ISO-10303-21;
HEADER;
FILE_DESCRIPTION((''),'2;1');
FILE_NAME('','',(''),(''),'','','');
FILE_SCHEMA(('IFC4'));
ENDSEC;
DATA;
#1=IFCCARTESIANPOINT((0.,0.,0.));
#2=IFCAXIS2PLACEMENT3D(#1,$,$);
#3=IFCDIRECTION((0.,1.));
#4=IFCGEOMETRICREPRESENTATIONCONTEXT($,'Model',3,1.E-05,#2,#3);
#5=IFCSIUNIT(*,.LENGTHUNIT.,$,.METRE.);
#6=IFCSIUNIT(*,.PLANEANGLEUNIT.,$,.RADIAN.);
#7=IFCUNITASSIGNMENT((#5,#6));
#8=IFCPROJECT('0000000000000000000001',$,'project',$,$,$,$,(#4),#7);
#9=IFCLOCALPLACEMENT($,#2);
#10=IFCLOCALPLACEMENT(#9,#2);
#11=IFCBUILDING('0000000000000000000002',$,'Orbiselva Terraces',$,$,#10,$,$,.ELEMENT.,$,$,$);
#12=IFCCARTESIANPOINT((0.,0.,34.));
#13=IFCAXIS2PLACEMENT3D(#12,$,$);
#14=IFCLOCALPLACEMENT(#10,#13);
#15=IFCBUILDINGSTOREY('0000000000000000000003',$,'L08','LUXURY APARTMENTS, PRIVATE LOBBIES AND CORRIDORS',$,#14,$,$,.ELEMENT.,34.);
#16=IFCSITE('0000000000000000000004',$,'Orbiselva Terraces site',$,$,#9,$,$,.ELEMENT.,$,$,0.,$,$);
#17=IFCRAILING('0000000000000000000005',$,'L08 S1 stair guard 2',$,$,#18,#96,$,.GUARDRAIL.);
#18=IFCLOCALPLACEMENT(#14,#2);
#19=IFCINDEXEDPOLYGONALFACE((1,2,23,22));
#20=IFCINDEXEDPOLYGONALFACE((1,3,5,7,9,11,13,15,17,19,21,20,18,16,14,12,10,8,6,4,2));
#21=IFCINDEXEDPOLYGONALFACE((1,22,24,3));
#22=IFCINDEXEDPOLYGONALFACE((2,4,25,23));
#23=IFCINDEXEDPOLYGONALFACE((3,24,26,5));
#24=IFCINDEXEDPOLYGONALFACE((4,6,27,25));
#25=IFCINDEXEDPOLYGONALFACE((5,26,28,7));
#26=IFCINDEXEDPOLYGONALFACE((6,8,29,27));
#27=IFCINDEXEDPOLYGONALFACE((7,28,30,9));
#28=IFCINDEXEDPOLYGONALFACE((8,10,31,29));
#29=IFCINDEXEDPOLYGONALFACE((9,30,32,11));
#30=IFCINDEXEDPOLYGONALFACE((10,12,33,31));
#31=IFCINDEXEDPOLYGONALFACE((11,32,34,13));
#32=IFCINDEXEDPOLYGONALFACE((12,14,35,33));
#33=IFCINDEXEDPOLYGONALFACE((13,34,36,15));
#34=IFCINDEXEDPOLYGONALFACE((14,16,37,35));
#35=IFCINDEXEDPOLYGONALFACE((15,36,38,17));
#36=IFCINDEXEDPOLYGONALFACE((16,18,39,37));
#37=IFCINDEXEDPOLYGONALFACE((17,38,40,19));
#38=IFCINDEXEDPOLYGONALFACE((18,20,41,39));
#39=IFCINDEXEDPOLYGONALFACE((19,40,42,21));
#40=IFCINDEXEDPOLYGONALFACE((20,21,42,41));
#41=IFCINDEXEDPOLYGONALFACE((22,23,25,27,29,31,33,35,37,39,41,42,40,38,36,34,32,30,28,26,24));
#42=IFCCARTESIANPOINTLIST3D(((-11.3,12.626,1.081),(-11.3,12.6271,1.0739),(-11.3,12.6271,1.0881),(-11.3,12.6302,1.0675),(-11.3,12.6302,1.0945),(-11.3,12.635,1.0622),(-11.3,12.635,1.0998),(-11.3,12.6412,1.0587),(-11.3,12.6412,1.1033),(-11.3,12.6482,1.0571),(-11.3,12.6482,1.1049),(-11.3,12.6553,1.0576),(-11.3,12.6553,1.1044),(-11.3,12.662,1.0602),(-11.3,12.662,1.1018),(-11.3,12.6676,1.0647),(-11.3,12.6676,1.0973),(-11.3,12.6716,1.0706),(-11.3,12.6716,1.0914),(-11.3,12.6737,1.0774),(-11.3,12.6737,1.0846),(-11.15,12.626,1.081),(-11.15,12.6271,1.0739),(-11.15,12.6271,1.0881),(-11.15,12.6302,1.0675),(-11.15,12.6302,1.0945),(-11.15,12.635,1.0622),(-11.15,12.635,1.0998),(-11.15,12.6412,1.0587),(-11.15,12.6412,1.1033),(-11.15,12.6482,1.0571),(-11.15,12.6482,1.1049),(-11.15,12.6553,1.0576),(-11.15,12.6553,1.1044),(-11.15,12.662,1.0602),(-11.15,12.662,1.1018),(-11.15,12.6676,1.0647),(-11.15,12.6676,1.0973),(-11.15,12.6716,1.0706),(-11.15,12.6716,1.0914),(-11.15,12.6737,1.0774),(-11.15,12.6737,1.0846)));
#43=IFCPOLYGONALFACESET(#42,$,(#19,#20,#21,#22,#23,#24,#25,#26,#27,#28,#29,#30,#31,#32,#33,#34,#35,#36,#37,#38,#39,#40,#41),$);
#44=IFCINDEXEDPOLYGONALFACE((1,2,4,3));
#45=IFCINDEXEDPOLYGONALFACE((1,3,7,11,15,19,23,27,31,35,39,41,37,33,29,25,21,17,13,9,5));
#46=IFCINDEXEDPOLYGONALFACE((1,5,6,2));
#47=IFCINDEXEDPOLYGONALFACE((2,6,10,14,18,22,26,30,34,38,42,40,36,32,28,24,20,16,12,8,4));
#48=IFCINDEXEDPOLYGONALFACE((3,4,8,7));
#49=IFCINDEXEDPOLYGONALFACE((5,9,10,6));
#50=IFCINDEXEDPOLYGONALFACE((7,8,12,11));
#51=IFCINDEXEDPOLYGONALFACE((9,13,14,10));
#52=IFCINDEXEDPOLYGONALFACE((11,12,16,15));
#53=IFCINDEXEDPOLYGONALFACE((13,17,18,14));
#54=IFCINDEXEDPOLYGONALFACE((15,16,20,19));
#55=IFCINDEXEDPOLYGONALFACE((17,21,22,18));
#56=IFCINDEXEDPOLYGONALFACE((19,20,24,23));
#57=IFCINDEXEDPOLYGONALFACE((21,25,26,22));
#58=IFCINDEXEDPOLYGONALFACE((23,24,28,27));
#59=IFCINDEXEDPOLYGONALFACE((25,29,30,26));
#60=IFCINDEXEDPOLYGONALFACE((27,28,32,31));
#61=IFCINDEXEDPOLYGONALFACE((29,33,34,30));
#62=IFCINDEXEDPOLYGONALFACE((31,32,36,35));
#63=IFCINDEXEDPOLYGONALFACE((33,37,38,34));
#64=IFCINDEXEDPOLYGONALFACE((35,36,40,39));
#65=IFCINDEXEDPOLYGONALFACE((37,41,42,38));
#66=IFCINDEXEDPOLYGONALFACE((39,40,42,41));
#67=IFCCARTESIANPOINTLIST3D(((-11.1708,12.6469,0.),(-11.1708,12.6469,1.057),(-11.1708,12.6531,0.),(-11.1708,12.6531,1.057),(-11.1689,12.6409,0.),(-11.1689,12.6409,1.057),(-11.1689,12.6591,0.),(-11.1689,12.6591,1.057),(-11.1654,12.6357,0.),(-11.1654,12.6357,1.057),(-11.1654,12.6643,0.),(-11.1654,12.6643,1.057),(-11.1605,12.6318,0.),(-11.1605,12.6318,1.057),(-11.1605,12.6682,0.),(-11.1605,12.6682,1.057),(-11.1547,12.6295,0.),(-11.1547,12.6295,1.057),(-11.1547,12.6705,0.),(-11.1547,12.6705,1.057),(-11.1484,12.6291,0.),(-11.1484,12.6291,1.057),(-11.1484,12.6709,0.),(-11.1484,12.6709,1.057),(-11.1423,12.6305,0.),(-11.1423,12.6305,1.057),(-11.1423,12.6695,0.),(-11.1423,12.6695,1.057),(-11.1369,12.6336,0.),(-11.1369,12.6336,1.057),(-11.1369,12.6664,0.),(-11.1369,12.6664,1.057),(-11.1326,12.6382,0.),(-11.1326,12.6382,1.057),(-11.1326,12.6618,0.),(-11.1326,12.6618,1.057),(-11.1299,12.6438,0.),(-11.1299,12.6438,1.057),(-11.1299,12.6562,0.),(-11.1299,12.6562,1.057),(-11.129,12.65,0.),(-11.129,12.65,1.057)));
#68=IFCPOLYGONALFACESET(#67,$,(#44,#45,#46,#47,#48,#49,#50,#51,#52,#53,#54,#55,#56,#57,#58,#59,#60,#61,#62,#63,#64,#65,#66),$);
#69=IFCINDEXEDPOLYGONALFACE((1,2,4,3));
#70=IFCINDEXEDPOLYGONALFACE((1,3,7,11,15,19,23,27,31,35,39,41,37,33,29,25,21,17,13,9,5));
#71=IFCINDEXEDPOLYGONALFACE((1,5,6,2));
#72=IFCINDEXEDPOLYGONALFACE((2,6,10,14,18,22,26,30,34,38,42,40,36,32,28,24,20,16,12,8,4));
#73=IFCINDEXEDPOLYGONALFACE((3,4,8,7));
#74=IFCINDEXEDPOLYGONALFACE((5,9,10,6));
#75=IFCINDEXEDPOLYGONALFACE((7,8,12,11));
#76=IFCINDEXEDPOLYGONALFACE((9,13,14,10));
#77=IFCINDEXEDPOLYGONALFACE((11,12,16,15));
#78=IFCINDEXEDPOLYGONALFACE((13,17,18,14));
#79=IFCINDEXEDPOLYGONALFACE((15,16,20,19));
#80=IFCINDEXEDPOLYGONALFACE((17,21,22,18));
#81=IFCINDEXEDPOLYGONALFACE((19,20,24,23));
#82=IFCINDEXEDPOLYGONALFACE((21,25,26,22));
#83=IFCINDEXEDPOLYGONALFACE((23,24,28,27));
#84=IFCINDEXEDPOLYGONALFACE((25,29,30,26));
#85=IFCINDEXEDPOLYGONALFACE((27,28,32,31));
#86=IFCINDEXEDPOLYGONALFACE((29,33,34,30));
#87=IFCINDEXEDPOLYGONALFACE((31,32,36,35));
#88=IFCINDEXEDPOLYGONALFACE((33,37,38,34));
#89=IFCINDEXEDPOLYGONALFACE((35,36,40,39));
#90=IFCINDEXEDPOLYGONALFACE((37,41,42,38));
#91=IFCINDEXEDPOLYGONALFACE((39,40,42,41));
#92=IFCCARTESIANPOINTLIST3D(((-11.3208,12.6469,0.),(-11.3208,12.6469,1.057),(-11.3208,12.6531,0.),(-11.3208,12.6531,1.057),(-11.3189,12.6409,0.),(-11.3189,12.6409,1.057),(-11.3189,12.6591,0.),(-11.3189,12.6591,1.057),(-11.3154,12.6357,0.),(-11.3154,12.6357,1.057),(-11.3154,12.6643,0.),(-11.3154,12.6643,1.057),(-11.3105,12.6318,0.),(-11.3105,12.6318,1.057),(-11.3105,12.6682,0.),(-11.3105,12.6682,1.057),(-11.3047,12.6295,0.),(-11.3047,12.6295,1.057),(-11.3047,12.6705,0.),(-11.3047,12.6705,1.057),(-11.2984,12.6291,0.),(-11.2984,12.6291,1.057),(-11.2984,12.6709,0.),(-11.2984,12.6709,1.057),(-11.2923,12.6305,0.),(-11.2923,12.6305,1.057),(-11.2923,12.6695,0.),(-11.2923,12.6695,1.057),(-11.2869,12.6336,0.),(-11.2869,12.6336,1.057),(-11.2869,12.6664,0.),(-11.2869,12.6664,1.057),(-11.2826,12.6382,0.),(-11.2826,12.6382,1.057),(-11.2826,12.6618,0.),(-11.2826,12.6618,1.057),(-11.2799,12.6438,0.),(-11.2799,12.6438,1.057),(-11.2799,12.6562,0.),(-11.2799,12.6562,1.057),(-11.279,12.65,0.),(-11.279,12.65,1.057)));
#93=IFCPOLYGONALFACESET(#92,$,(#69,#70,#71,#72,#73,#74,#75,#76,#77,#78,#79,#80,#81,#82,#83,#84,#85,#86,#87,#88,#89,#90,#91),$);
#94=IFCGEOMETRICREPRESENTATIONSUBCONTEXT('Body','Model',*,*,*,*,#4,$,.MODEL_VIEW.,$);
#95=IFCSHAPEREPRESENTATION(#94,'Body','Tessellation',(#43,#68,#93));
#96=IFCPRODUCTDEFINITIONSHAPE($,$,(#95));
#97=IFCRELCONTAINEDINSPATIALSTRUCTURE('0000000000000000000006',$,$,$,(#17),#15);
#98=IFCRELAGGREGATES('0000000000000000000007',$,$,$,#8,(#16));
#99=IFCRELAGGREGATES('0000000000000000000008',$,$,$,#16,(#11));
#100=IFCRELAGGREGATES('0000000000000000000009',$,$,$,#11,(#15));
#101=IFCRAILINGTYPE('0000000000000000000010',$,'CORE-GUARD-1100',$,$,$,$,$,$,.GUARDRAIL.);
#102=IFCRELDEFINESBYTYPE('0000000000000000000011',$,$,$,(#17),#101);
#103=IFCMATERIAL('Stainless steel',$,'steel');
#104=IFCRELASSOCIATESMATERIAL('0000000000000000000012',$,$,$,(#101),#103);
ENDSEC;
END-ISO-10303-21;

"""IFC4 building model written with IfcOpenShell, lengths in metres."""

from ifc_helpers import new_model, si_unit, direction, frame, origin, origin_2d, place, context, subcontext, project, spatial, circle, extrude, material, type_object, element, save


model = new_model("IFC4")

# Units and contexts
model_context = context("Model", 3, precision=1e-05, world=origin(), true_north=direction((0.0, 1.0)))
body_context = subcontext(model_context, "Body", "Model", "MODEL_VIEW")
ifc_project = project(units=[si_unit("LENGTHUNIT", "METRE"), si_unit("PLANEANGLEUNIT", "RADIAN")], contexts=[model_context])

# Site, building, storey
site_placement = place(None, origin())
site = spatial("IfcSite", under=ifc_project, at=site_placement, Name="Orbiselva Terraces site", CompositionType="ELEMENT", RefElevation=0.0)
building_placement = place(site_placement, origin())
building = spatial("IfcBuilding", under=site, at=building_placement, Name="Orbiselva Terraces", CompositionType="ELEMENT")
storey_placement = place(building_placement, frame((0.0, 0.0, 34.0)))
storey = spatial("IfcBuildingStorey", under=building, at=storey_placement, Name="L08", Description="LUXURY APARTMENTS, PRIVATE LOBBIES AND CORRIDORS", CompositionType="ELEMENT", Elevation=34.0)

# Railing
ifc_material_1 = material(Name="Stainless steel", Category="steel")
railing_type_1 = type_object("IfcRailingType", Name="CORE-GUARD-1100", PredefinedType="GUARDRAIL", material=ifc_material_1)
railing_1_placement = place(storey_placement, frame((-11.15, 12.65, 0.0)))
element("IfcRailing", 1, at=railing_1_placement, inside=storey, type_object=railing_type_1, Name="L08 S1 stair guard 2", PredefinedType="GUARDRAIL", context=body_context, shape_type="SweptSolid", body=[
    extrude(circle(Radius=0.024, at=origin_2d()), frame((0.0, 0.0, 1.081), z_axis=(-1.0, 0.0, 0.0), x_axis=(0.0, -1.0, 0.0)), (0.0, 0.0, 1.0), 0.15),
    extrude(circle(Radius=0.021, at=origin_2d()), origin(), (0.0, 0.0, 1.0), 1.057),
    extrude(circle(Radius=0.021, at=origin_2d()), frame((-0.15, 0.0, 0.0)), (0.0, 0.0, 1.0), 1.057),
])

save(model, "model.ifc")
